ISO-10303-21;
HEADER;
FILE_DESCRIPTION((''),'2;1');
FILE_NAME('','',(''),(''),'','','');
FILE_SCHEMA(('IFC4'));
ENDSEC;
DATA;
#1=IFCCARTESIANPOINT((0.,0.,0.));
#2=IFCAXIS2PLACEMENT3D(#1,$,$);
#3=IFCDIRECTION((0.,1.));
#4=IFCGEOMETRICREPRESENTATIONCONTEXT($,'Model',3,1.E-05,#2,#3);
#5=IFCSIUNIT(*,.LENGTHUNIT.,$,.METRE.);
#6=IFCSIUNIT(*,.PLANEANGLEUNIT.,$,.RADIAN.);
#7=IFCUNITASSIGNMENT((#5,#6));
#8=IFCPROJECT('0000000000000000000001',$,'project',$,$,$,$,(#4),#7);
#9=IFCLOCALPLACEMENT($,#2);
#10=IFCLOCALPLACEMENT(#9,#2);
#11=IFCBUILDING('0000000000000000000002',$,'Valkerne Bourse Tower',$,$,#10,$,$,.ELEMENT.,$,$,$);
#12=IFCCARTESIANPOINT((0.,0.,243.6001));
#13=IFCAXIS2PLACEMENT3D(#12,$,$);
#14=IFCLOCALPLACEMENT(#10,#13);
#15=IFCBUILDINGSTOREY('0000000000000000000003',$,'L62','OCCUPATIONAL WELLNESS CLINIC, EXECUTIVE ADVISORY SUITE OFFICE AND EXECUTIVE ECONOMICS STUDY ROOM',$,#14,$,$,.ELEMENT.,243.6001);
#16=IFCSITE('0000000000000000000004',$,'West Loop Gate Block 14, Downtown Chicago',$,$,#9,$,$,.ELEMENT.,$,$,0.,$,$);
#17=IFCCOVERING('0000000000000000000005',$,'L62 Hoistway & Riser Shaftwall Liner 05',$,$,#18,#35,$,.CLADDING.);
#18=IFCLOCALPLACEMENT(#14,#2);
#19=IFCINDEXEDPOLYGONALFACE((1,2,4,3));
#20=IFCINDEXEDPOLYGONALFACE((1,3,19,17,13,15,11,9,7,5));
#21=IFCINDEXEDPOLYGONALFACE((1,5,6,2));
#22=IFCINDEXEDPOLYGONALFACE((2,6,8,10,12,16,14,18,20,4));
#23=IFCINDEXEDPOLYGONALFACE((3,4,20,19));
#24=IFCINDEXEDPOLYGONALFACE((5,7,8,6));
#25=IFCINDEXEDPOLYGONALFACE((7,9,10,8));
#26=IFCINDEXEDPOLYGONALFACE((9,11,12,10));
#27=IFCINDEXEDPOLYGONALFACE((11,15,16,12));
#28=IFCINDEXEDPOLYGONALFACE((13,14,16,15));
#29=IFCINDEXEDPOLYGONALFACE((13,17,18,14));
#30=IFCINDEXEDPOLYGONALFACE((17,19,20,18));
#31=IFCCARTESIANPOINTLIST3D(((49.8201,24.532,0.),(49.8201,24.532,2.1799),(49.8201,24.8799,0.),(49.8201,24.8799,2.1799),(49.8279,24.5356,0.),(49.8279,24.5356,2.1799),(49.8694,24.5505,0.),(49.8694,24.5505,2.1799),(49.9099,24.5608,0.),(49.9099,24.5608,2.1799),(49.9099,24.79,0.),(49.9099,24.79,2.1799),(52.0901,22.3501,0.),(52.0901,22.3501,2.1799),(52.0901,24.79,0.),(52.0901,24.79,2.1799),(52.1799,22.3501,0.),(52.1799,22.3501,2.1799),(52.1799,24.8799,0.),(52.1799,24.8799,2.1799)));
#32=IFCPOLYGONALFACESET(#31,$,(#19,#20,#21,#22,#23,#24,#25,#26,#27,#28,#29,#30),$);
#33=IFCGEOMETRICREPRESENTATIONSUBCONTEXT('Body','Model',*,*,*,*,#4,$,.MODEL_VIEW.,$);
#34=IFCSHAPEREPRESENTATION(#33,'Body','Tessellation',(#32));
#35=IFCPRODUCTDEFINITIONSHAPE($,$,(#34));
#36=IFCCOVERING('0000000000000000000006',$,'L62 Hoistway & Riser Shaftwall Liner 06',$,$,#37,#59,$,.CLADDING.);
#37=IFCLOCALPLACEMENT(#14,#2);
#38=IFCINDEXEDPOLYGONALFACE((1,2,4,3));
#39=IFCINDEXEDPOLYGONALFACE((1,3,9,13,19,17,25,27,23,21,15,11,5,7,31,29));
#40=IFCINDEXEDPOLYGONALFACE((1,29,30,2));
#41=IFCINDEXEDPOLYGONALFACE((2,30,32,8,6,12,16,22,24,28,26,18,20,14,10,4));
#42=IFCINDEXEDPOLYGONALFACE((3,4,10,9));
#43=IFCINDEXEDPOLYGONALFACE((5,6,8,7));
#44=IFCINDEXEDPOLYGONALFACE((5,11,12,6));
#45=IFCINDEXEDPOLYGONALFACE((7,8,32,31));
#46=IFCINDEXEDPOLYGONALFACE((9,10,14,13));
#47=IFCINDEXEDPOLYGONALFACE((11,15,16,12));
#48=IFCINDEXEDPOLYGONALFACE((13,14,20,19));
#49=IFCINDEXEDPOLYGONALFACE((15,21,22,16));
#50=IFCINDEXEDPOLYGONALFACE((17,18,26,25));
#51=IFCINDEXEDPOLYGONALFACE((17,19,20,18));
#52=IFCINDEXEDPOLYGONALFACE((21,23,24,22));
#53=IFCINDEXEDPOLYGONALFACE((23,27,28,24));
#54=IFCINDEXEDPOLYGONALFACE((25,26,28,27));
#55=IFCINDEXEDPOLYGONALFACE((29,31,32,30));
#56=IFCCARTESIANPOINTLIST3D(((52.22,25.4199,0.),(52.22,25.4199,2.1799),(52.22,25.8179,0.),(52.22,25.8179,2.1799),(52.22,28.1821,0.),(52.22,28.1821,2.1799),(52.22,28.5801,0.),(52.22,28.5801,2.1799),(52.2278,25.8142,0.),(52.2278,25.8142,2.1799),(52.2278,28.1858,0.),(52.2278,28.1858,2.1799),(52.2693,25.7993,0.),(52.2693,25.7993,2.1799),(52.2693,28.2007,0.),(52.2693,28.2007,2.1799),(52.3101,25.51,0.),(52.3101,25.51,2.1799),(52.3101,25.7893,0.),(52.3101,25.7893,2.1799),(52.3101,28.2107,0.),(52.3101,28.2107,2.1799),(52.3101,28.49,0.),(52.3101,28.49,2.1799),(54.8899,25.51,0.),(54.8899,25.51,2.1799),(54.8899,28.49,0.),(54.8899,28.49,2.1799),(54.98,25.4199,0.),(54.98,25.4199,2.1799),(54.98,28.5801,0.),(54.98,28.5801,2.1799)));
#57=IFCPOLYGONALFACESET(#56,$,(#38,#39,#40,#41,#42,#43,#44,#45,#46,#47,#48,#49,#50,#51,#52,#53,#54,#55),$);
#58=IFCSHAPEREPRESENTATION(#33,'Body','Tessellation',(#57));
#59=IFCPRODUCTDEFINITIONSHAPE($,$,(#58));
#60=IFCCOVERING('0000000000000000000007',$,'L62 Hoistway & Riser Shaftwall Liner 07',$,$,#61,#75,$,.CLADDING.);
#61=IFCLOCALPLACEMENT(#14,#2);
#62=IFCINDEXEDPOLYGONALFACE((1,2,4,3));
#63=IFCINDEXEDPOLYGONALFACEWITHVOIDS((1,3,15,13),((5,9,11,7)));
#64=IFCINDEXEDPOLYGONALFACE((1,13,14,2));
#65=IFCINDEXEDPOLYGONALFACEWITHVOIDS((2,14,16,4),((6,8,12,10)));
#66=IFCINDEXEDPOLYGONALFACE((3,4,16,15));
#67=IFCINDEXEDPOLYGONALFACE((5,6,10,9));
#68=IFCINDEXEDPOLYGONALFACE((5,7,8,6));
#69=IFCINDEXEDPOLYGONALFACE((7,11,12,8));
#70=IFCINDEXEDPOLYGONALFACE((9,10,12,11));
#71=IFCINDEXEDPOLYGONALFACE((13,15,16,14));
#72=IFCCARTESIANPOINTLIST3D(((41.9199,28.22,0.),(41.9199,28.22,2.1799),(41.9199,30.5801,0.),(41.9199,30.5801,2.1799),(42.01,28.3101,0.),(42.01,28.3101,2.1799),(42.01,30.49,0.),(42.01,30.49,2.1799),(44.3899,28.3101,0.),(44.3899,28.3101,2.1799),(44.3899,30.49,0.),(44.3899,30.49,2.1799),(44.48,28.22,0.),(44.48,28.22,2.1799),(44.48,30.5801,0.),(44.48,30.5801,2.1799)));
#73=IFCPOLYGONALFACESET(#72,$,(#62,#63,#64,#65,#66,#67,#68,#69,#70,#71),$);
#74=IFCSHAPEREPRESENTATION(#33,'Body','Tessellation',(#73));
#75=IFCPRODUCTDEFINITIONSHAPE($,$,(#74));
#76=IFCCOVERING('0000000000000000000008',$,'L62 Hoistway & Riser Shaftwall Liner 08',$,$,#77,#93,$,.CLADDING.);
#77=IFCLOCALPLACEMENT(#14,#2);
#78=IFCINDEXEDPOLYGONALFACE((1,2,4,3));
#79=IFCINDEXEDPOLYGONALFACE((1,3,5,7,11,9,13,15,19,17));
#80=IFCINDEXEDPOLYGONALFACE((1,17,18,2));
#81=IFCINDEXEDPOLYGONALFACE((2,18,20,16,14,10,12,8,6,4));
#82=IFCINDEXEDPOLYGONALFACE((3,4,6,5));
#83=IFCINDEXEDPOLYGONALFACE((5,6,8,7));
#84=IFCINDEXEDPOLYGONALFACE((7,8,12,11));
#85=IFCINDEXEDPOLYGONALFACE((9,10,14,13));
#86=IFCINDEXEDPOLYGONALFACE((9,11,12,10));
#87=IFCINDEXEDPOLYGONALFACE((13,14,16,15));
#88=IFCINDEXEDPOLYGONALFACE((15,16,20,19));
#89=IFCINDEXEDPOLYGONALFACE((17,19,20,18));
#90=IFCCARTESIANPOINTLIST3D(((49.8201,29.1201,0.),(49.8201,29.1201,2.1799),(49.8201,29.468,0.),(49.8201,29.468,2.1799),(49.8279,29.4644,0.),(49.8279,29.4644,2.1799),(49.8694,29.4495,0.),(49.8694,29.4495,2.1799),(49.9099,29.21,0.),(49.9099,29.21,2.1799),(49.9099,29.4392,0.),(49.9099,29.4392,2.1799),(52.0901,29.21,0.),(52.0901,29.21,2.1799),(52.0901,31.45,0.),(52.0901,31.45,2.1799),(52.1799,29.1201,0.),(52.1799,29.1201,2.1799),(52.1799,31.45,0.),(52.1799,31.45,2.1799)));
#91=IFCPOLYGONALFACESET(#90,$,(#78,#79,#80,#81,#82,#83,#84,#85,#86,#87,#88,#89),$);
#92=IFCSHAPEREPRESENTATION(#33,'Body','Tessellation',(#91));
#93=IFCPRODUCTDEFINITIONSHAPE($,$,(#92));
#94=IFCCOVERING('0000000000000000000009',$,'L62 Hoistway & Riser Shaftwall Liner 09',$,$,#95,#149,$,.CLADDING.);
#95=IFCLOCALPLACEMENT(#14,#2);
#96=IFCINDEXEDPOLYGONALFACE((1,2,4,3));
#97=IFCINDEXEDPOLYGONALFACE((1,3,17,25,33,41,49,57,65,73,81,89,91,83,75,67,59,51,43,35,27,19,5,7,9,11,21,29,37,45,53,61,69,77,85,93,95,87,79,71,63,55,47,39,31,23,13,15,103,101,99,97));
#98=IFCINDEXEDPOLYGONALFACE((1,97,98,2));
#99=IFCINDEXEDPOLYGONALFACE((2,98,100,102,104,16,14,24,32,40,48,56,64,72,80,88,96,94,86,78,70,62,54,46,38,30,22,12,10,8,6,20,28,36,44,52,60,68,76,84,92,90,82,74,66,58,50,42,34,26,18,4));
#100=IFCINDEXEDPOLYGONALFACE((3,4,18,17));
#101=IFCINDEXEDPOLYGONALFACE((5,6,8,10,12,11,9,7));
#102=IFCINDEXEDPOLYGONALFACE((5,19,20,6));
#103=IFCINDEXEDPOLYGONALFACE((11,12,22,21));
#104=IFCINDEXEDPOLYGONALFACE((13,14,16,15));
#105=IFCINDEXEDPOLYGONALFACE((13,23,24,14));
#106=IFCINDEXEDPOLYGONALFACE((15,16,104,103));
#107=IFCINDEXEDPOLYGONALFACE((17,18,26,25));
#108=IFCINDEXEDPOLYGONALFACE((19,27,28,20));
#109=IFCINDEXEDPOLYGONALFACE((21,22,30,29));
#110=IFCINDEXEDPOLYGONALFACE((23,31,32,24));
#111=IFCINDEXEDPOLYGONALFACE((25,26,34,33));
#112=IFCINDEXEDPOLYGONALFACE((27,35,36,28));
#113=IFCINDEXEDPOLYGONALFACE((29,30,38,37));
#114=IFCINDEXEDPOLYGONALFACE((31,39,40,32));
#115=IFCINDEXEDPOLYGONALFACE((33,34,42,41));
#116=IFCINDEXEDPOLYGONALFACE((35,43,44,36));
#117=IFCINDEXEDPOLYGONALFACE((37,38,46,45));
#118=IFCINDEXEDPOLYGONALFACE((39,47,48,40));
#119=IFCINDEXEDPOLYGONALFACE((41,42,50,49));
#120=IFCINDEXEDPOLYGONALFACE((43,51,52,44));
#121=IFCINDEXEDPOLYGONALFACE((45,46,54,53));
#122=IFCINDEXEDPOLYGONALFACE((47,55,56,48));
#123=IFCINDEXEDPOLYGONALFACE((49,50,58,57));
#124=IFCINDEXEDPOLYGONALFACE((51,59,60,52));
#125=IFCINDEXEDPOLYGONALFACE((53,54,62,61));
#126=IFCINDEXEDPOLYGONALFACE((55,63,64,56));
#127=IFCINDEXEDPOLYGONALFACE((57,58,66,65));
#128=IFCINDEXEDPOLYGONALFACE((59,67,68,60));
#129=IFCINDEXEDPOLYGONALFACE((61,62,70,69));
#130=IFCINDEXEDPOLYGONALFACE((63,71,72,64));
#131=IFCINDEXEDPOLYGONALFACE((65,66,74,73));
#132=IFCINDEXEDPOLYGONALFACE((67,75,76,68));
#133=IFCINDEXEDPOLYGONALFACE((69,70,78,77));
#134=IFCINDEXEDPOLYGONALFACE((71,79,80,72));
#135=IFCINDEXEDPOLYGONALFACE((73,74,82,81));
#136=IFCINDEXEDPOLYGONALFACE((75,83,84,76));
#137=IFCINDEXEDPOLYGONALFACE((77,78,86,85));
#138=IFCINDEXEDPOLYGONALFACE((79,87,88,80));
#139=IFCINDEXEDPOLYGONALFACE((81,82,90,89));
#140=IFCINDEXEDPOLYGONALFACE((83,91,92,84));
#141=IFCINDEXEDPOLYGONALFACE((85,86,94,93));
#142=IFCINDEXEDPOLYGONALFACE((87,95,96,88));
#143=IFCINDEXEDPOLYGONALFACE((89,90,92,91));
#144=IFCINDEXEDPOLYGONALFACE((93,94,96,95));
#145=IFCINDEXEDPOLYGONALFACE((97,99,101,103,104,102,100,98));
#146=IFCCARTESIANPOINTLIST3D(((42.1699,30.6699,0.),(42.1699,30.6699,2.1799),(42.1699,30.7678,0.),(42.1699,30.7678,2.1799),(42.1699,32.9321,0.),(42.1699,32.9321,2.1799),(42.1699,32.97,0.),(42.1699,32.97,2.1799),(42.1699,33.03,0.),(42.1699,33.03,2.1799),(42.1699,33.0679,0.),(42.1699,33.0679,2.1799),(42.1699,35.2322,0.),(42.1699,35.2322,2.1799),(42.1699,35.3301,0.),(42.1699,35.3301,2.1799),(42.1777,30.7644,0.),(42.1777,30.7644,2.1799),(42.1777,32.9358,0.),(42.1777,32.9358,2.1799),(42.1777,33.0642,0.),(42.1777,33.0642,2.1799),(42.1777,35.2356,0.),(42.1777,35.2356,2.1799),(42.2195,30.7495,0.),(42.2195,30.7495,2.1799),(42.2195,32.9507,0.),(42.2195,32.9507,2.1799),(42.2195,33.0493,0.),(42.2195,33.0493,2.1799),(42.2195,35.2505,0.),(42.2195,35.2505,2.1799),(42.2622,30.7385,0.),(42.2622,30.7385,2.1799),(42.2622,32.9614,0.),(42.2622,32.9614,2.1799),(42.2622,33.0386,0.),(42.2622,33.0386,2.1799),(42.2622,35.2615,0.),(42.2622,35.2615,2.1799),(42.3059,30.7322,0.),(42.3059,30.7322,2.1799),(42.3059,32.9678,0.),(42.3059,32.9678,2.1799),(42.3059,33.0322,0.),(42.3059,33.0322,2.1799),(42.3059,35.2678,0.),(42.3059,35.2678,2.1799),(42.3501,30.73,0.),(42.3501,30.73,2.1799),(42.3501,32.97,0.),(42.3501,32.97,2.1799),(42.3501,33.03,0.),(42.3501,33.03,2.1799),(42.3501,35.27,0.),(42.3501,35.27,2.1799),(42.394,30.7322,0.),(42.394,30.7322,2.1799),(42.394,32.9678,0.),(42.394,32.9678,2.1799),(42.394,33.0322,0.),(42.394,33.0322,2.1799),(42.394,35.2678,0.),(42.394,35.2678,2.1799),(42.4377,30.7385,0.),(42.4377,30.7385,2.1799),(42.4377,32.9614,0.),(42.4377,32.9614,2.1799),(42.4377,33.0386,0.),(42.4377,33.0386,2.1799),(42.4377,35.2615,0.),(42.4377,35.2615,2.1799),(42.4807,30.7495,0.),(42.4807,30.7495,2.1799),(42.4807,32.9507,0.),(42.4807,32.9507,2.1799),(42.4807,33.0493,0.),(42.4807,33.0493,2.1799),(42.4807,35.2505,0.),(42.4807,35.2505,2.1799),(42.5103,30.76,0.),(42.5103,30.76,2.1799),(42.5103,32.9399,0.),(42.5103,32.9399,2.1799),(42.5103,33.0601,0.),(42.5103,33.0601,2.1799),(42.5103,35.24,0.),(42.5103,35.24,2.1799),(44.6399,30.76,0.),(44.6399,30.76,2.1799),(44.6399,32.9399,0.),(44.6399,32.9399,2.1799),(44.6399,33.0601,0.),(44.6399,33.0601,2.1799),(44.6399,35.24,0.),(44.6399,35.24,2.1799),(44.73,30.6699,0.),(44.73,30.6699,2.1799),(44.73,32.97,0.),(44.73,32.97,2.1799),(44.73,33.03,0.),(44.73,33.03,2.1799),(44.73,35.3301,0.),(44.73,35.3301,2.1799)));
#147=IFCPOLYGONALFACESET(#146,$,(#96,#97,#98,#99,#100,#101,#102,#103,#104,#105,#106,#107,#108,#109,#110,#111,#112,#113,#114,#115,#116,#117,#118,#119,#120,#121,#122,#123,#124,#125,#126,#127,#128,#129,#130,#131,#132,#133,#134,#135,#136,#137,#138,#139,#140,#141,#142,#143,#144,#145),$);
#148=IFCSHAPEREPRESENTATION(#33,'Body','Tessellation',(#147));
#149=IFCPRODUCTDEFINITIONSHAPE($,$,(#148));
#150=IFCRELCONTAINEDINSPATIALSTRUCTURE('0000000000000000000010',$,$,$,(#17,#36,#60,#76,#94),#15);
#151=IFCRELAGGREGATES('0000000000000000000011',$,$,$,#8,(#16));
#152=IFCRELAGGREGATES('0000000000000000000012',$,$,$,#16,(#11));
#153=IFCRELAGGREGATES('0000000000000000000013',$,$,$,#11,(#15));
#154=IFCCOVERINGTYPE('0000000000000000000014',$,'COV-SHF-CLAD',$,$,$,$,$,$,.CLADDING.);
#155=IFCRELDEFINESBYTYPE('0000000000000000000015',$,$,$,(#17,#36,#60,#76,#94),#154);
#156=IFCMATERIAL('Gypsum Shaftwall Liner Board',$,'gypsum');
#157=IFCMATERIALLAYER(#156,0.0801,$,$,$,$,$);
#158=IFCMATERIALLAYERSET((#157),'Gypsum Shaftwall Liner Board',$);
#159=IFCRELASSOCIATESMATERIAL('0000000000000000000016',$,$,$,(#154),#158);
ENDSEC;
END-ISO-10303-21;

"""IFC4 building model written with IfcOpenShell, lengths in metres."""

from ifc_helpers import new_model, si_unit, direction, frame, origin, place, context, subcontext, project, spatial, polyline, outline, extrude, material, layer, layer_set, type_object, element, save


model = new_model("IFC4")

# Units and contexts
model_context = context("Model", 3, precision=1e-05, world=origin(), true_north=direction((0.0, 1.0)))
body_context = subcontext(model_context, "Body", "Model", "MODEL_VIEW")
ifc_project = project(units=[si_unit("LENGTHUNIT", "METRE"), si_unit("PLANEANGLEUNIT", "RADIAN")], contexts=[model_context])

# Site, building, storey
site_placement = place(None, origin())
site = spatial("IfcSite", under=ifc_project, at=site_placement, Name="West Loop Gate Block 14, Downtown Chicago", CompositionType="ELEMENT", RefElevation=0.0)
building_placement = place(site_placement, origin())
building = spatial("IfcBuilding", under=site, at=building_placement, Name="Valkerne Bourse Tower", CompositionType="ELEMENT")
storey_placement = place(building_placement, frame((0.0, 0.0, 243.6001)))
storey = spatial("IfcBuildingStorey", under=building, at=storey_placement, Name="L62", Description="OCCUPATIONAL WELLNESS CLINIC, EXECUTIVE ADVISORY SUITE OFFICE AND EXECUTIVE ECONOMICS STUDY ROOM", CompositionType="ELEMENT", Elevation=243.6001)

# Coverings
ifc_material_1 = material(Name="Gypsum Shaftwall Liner Board", Category="gypsum")
ifc_layer_1 = layer(ifc_material_1, 0.0801)
ifc_layer_set_1 = layer_set([ifc_layer_1], Name="Gypsum Shaftwall Liner Board")
covering_type_1 = type_object("IfcCoveringType", Name="COV-SHF-CLAD", PredefinedType="CLADDING", material=ifc_layer_set_1)
covering_1_placement = place(storey_placement, origin())
element("IfcCovering", 1, at=covering_1_placement, inside=storey, type_object=covering_type_1, Name="L62 Hoistway & Riser Shaftwall Liner 05", PredefinedType="CLADDING", context=body_context, shape_type="SweptSolid", body=[
    extrude(outline(polyline([(52.1799, 22.3501), (52.0901, 22.3501), (52.0901, 24.79), (49.9099, 24.79), (49.9099, 24.5608), (49.8694, 24.5505), (49.8279, 24.5356), (49.8201, 24.532), (49.8201, 24.8799), (52.1799, 24.8799), (52.1799, 22.3501)])), origin(), (0.0, 0.0, 1.0), 2.1799),
])
covering_2_placement = place(storey_placement, origin())
element("IfcCovering", 2, at=covering_2_placement, inside=storey, type_object=covering_type_1, Name="L62 Hoistway & Riser Shaftwall Liner 06", PredefinedType="CLADDING", context=body_context, shape_type="SweptSolid", body=[
    extrude(outline(polyline([(54.98, 25.4199), (52.22, 25.4199), (52.22, 25.8179), (52.2278, 25.8142), (52.2693, 25.7993), (52.3101, 25.7893), (52.3101, 25.51), (54.8899, 25.51), (54.8899, 28.49), (52.3101, 28.49), (52.3101, 28.2107), (52.2693, 28.2007), (52.2278, 28.1858), (52.22, 28.1821), (52.22, 28.5801), (54.98, 28.5801), (54.98, 25.4199)])), origin(), (0.0, 0.0, 1.0), 2.1799),
])
covering_3_placement = place(storey_placement, origin())
element("IfcCovering", 3, at=covering_3_placement, inside=storey, type_object=covering_type_1, Name="L62 Hoistway & Riser Shaftwall Liner 07", PredefinedType="CLADDING", context=body_context, shape_type="SweptSolid", body=[
    extrude(outline(polyline([(44.48, 28.22), (41.9199, 28.22), (41.9199, 30.5801), (44.48, 30.5801), (44.48, 28.22)]), holes=[polyline([(42.01, 30.49), (42.01, 28.3101), (44.3899, 28.3101), (44.3899, 30.49), (42.01, 30.49)])]), origin(), (0.0, 0.0, 1.0), 2.1799),
])
covering_4_placement = place(storey_placement, origin())
element("IfcCovering", 4, at=covering_4_placement, inside=storey, type_object=covering_type_1, Name="L62 Hoistway & Riser Shaftwall Liner 08", PredefinedType="CLADDING", context=body_context, shape_type="SweptSolid", body=[
    extrude(outline(polyline([(49.8201, 29.1201), (49.8201, 29.468), (49.8279, 29.4644), (49.8694, 29.4495), (49.9099, 29.4392), (49.9099, 29.21), (52.0901, 29.21), (52.0901, 31.45), (52.1799, 31.45), (52.1799, 29.1201), (49.8201, 29.1201)])), origin(), (0.0, 0.0, 1.0), 2.1799),
])
covering_5_placement = place(storey_placement, origin())
element("IfcCovering", 5, at=covering_5_placement, inside=storey, type_object=covering_type_1, Name="L62 Hoistway & Riser Shaftwall Liner 09", PredefinedType="CLADDING", context=body_context, shape_type="SweptSolid", body=[
    extrude(outline(polyline([(42.1699, 33.0679), (42.1777, 33.0642), (42.2195, 33.0493), (42.2622, 33.0386), (42.3059, 33.0322), (42.3501, 33.03), (42.394, 33.0322), (42.4377, 33.0386), (42.4807, 33.0493), (42.5103, 33.0601), (44.6399, 33.0601), (44.6399, 35.24), (42.5103, 35.24), (42.4807, 35.2505), (42.4377, 35.2615), (42.394, 35.2678), (42.3501, 35.27), (42.3059, 35.2678), (42.2622, 35.2615), (42.2195, 35.2505), (42.1777, 35.2356), (42.1699, 35.2322), (42.1699, 35.3301), (44.73, 35.3301), (44.73, 33.03), (44.73, 32.97), (44.73, 30.6699), (42.1699, 30.6699), (42.1699, 30.7678), (42.1777, 30.7644), (42.2195, 30.7495), (42.2622, 30.7385), (42.3059, 30.7322), (42.3501, 30.73), (42.394, 30.7322), (42.4377, 30.7385), (42.4807, 30.7495), (42.5103, 30.76), (44.6399, 30.76), (44.6399, 32.9399), (42.5103, 32.9399), (42.4807, 32.9507), (42.4377, 32.9614), (42.394, 32.9678), (42.3501, 32.97), (42.3059, 32.9678), (42.2622, 32.9614), (42.2195, 32.9507), (42.1777, 32.9358), (42.1699, 32.9321), (42.1699, 32.97), (42.1699, 33.03), (42.1699, 33.0679)])), origin(), (0.0, 0.0, 1.0), 2.1799),
])

save(model, "model.ifc")
